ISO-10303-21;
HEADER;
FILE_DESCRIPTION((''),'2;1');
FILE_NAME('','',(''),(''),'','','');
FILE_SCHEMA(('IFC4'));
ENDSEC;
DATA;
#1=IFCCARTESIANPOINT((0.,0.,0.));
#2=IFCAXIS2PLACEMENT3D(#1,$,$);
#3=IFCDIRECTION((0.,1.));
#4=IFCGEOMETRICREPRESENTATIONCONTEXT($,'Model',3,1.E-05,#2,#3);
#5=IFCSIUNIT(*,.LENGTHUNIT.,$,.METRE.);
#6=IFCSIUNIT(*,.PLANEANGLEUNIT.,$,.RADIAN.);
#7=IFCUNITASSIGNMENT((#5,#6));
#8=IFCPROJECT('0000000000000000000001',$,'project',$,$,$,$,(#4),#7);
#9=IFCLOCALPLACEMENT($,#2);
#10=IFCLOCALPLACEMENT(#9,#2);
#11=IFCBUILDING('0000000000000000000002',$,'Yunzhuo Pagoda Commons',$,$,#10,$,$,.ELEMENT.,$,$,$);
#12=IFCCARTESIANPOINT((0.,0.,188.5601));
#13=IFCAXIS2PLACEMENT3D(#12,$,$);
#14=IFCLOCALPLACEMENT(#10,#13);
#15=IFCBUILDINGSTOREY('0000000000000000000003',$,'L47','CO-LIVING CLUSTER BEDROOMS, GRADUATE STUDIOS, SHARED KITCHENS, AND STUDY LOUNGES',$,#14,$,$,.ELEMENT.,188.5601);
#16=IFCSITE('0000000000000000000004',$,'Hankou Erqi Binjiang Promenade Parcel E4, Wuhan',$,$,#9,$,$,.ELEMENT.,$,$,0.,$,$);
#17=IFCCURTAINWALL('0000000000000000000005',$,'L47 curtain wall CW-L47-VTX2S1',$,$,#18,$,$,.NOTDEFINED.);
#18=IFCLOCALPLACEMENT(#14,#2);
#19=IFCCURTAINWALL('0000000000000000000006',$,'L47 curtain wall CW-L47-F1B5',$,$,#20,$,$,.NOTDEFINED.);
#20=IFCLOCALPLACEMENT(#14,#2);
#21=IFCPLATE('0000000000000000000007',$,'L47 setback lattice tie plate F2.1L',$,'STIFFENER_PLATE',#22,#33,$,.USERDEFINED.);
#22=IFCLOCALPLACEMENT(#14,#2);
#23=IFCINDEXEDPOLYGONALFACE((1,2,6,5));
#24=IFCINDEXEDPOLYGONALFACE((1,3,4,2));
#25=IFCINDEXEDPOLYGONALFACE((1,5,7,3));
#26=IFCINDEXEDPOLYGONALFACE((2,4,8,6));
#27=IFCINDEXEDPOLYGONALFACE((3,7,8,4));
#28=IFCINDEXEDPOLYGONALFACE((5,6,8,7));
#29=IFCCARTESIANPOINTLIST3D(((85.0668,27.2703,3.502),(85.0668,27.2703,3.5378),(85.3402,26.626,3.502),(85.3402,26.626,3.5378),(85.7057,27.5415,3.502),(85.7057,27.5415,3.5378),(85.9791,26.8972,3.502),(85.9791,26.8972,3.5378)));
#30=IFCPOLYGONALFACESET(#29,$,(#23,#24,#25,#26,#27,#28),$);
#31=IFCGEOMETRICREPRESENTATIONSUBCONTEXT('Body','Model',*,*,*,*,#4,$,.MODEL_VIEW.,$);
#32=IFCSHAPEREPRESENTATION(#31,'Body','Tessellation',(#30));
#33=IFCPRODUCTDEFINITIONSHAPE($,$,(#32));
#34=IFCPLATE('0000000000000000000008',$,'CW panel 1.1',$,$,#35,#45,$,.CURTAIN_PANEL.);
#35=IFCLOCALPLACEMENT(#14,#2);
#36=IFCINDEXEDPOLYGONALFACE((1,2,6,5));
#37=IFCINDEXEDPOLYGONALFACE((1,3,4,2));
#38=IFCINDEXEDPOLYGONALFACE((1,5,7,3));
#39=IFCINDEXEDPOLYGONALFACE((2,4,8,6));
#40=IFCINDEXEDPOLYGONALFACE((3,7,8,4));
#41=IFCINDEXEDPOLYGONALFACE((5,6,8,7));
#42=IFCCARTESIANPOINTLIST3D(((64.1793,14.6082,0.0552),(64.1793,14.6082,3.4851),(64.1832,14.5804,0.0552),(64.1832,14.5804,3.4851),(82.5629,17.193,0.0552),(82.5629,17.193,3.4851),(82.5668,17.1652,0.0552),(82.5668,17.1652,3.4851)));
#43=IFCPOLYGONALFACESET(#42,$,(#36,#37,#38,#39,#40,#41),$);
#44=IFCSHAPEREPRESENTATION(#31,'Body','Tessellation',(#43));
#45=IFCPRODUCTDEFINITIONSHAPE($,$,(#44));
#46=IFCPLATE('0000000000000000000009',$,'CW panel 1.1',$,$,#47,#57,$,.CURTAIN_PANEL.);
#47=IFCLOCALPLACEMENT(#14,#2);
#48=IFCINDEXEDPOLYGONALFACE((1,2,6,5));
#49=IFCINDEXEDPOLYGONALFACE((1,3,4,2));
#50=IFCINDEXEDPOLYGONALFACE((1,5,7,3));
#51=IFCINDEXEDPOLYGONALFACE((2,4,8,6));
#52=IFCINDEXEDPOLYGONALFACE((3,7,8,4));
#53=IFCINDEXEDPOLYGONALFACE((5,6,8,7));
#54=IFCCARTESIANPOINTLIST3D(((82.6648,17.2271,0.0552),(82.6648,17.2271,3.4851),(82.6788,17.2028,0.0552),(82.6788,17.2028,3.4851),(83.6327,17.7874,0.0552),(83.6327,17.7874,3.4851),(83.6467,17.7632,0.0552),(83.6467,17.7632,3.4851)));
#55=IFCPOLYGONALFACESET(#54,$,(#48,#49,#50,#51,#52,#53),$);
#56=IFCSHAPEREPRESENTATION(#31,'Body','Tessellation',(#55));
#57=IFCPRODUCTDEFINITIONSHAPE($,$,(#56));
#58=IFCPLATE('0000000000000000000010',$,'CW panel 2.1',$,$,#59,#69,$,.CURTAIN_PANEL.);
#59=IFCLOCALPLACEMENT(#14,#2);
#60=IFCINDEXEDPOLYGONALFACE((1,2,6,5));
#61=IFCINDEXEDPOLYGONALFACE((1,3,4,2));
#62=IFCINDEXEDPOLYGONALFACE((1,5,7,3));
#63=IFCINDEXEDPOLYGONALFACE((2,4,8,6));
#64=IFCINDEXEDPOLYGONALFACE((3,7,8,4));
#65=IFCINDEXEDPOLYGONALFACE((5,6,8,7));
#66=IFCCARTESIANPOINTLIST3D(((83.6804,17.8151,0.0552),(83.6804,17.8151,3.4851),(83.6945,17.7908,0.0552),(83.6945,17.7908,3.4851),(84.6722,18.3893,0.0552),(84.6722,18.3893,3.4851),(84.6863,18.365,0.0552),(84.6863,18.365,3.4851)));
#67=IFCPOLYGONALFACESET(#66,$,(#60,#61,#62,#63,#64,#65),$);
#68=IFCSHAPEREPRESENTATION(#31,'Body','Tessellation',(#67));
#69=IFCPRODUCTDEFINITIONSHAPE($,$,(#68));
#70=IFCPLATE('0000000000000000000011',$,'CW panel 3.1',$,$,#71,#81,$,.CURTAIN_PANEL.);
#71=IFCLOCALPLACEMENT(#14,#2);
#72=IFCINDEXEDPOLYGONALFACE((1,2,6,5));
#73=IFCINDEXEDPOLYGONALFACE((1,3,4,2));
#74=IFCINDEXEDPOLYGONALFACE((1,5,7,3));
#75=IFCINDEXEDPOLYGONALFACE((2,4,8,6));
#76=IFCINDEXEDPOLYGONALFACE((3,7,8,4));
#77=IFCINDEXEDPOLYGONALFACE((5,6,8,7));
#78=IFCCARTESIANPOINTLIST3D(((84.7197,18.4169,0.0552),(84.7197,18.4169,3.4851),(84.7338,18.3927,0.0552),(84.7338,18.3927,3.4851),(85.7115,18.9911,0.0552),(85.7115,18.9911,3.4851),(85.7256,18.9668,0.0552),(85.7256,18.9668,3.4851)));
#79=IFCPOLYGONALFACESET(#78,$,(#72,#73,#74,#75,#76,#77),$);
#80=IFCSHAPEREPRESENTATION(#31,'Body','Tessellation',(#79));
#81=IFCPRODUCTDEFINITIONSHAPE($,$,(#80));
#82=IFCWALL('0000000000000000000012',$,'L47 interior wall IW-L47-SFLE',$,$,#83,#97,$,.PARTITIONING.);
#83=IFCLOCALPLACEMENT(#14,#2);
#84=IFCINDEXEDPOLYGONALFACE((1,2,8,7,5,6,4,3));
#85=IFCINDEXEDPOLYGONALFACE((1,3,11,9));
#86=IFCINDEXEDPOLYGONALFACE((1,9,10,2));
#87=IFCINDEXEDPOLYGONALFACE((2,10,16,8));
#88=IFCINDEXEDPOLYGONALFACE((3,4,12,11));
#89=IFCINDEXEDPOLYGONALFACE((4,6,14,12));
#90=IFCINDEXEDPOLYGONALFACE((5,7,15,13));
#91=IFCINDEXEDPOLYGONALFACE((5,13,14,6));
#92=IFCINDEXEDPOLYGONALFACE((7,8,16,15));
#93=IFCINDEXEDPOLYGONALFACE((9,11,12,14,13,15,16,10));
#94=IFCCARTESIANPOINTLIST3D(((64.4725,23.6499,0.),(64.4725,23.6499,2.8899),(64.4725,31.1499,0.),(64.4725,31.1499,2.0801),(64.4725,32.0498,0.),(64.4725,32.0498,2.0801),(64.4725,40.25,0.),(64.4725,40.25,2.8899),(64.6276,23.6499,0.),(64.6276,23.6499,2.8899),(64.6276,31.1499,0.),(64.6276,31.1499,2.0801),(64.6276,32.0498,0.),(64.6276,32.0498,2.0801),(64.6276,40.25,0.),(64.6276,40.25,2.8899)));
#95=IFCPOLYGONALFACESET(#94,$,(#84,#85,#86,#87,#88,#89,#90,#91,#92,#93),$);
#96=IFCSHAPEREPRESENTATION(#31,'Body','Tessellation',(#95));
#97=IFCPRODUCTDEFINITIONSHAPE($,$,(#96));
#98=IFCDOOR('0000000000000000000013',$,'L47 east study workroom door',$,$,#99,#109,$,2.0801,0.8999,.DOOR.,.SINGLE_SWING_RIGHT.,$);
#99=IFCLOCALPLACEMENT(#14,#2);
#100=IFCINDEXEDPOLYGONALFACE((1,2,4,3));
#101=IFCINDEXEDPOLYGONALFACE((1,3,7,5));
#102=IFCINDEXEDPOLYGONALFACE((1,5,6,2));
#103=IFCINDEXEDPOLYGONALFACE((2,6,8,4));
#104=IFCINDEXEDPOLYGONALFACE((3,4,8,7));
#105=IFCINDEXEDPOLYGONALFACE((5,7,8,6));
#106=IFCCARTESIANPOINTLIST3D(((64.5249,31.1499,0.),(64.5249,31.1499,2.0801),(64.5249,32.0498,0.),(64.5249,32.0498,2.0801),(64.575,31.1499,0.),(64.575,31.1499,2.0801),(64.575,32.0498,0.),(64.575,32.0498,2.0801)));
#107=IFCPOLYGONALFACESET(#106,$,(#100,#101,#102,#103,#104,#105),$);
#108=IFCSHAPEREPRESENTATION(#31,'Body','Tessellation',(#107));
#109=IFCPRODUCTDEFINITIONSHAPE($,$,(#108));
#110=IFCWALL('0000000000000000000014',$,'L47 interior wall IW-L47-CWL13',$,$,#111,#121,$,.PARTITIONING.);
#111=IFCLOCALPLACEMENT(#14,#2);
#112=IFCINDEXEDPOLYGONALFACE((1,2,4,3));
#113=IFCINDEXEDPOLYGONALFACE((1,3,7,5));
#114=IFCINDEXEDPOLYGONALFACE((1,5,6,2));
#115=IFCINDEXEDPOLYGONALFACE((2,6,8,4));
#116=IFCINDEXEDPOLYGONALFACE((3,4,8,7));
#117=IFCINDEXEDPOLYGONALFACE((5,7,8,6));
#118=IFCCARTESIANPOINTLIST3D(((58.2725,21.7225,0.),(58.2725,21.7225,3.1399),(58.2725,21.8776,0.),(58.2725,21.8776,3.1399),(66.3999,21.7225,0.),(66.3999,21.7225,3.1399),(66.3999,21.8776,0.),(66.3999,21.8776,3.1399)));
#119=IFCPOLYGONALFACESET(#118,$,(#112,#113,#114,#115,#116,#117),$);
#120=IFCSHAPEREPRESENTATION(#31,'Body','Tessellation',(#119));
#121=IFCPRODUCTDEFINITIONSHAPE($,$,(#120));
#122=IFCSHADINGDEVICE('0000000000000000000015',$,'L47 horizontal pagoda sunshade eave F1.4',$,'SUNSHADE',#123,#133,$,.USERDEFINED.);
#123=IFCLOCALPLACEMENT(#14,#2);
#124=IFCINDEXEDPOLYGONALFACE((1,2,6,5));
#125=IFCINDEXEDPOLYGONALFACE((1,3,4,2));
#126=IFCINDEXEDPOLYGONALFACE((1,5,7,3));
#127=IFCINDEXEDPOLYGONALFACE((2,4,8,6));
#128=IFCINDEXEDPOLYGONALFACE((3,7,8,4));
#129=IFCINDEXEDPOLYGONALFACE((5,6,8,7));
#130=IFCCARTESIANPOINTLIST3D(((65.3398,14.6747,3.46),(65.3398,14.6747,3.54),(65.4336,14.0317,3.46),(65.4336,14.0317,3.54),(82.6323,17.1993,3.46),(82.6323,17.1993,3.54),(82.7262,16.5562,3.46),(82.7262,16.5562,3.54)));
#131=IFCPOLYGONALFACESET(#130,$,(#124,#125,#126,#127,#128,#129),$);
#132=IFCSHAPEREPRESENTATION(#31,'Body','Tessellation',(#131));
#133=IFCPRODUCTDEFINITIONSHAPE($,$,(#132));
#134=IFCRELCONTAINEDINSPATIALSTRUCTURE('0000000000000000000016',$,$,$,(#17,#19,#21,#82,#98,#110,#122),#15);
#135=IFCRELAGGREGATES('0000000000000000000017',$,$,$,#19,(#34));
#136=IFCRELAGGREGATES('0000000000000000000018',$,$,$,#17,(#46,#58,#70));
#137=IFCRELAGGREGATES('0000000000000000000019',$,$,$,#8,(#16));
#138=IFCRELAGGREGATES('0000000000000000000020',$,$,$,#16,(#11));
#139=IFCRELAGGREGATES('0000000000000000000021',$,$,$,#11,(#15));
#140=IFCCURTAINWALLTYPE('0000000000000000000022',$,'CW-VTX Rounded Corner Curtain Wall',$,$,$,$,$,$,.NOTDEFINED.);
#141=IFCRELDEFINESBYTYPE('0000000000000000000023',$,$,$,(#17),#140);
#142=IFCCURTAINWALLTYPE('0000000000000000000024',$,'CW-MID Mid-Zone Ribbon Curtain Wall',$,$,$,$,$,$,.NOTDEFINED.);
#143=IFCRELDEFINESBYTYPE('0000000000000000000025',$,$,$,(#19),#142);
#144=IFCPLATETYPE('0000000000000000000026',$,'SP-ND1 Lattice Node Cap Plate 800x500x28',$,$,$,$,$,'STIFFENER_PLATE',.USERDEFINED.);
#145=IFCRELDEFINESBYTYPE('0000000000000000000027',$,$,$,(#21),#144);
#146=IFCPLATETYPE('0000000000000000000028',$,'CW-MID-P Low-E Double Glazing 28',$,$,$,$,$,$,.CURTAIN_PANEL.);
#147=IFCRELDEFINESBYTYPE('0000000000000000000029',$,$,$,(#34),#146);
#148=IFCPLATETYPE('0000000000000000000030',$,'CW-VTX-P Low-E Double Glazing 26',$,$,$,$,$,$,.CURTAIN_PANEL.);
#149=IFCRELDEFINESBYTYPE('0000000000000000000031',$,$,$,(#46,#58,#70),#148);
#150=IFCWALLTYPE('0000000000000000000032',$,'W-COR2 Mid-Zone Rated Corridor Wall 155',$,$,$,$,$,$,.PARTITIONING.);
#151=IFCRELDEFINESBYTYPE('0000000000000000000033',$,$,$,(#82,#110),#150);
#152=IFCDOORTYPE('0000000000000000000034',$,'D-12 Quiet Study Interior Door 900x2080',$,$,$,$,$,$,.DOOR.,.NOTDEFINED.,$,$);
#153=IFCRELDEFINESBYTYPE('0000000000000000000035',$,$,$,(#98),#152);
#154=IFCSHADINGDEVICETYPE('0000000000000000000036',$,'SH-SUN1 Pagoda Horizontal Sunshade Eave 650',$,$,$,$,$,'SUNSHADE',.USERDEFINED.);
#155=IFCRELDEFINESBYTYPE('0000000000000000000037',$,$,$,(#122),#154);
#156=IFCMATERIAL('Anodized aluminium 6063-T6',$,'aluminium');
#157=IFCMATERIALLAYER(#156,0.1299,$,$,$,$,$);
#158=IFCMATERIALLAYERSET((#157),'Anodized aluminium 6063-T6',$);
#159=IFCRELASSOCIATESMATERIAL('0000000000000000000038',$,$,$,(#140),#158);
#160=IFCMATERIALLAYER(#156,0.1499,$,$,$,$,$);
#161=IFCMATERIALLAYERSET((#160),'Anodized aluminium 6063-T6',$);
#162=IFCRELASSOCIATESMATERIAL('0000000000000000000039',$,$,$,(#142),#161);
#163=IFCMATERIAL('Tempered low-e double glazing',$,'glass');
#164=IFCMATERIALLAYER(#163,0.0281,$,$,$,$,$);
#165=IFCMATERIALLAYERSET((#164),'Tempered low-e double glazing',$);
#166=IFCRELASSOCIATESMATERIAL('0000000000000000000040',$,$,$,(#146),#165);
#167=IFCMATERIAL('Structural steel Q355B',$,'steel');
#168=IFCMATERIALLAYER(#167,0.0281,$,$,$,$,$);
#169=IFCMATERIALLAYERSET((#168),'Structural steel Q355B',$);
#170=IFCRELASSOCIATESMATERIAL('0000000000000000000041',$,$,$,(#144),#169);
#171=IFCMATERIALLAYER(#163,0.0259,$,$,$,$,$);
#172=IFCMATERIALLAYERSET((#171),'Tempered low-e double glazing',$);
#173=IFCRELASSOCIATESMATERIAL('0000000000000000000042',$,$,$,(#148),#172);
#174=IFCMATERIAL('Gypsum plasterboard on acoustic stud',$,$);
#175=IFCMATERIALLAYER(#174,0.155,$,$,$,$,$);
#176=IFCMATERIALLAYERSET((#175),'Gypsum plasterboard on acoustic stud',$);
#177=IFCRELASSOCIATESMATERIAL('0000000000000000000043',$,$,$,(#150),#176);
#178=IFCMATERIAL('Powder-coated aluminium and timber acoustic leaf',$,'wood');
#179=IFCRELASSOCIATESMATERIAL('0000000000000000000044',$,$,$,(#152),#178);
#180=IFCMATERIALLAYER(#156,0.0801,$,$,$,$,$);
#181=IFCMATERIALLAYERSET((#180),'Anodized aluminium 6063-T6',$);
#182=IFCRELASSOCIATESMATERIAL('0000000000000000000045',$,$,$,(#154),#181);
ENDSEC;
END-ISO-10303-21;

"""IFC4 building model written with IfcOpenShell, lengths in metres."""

from ifc_helpers import new_model, si_unit, direction, frame, frame_2d, origin, origin_2d, place, context, subcontext, project, spatial, rectangle, extrude, source, transform, mapped, material, layer, layer_set, type_object, element, fill, aggregate, save


model = new_model("IFC4")

# Units and contexts
model_context = context("Model", 3, precision=1e-05, world=origin(), true_north=direction((0.0, 1.0)))
body_context = subcontext(model_context, "Body", "Model", "MODEL_VIEW")
ifc_project = project(units=[si_unit("LENGTHUNIT", "METRE"), si_unit("PLANEANGLEUNIT", "RADIAN")], contexts=[model_context])

# Site, building, storey
site_placement = place(None, origin())
site = spatial("IfcSite", under=ifc_project, at=site_placement, Name="Hankou Erqi Binjiang Promenade Parcel E4, Wuhan", CompositionType="ELEMENT", RefElevation=0.0)
building_placement = place(site_placement, origin())
building = spatial("IfcBuilding", under=site, at=building_placement, Name="Yunzhuo Pagoda Commons", CompositionType="ELEMENT")
storey_placement = place(building_placement, frame((0.0, 0.0, 188.5601)))
storey = spatial("IfcBuildingStorey", under=building, at=storey_placement, Name="L47", Description="CO-LIVING CLUSTER BEDROOMS, GRADUATE STUDIOS, SHARED KITCHENS, AND STUDY LOUNGES", CompositionType="ELEMENT", Elevation=188.5601)

# Shared definitions
ifc_material_1 = material(Name="Structural steel Q355B", Category="steel")

# Curtain wall
ifc_material_2 = material(Name="Anodized aluminium 6063-T6", Category="aluminium")
ifc_layer_1 = layer(ifc_material_2, 0.1299)
ifc_layer_set_1 = layer_set([ifc_layer_1], Name="Anodized aluminium 6063-T6")
curtain_wall_type_1 = type_object("IfcCurtainWallType", Name="CW-VTX Rounded Corner Curtain Wall", PredefinedType="NOTDEFINED", material=ifc_layer_set_1)
curtain_wall_1_placement = place(storey_placement, origin())
curtain_wall_1 = element("IfcCurtainWall", 1, at=curtain_wall_1_placement, inside=storey, type_object=curtain_wall_type_1, Name="L47 curtain wall CW-L47-VTX2S1", PredefinedType="NOTDEFINED")

# Shared definitions
ifc_layer_2 = layer(ifc_material_2, 0.1499)
ifc_layer_set_2 = layer_set([ifc_layer_2], Name="Anodized aluminium 6063-T6")
curtain_wall_type_2 = type_object("IfcCurtainWallType", Name="CW-MID Mid-Zone Ribbon Curtain Wall", PredefinedType="NOTDEFINED", material=ifc_layer_set_2)

# Curtain wall
curtain_wall_2_placement = place(storey_placement, origin())
curtain_wall_2 = element("IfcCurtainWall", 2, at=curtain_wall_2_placement, inside=storey, type_object=curtain_wall_type_2, Name="L47 curtain wall CW-L47-F1B5", PredefinedType="NOTDEFINED")

# Plates
ifc_material_3 = material(Name="Tempered low-e double glazing", Category="glass")
ifc_layer_3 = layer(ifc_material_3, 0.0281)
ifc_layer_set_3 = layer_set([ifc_layer_3], Name="Tempered low-e double glazing")
plate_type_1 = type_object("IfcPlateType", Name="CW-MID-P Low-E Double Glazing 28", PredefinedType="CURTAIN_PANEL", material=ifc_layer_set_3)
ifc_layer_4 = layer(ifc_material_1, 0.0281)
ifc_layer_set_4 = layer_set([ifc_layer_4], Name="Structural steel Q355B")
plate_type_2 = type_object("IfcPlateType", Name="SP-ND1 Lattice Node Cap Plate 800x500x28", ElementType="STIFFENER_PLATE", PredefinedType="USERDEFINED", material=ifc_layer_set_4)
shared_shape_1 = source(origin(), body_context, "Body", "SweptSolid", [
    extrude(rectangle(XDim=0.7, YDim=0.6941, at=origin_2d()), origin(), (0.0, 0.0, 1.0), 0.0359),
])
plate_1_placement = place(storey_placement, frame((85.5229, 27.0837, 3.502), z_axis=(0.0, 0.0, 1.0), x_axis=(-0.390699, 0.920518, 0.0)))
element("IfcPlate", 3, at=plate_1_placement, inside=storey, type_object=plate_type_2, Name="L47 setback lattice tie plate F2.1L", ObjectType="STIFFENER_PLATE", PredefinedType="USERDEFINED", context=body_context, shape_type="MappedRepresentation", body=[
    mapped(shared_shape_1, transform((0.0, 0.0, 0.0), scale=1.0)),
])
shared_shape_2 = source(origin(), body_context, "Body", "SweptSolid", [
    extrude(rectangle(XDim=18.5645, YDim=0.0281, at=origin_2d()), origin(), (0.0, 0.0, 1.0), 3.4299),
])
plate_2_placement = place(storey_placement, frame((73.373, 15.8867, 0.0552), z_axis=(0.0, 0.0, 1.0), x_axis=(0.99026, 0.139233, 0.0)))
plate_2 = element("IfcPlate", 4, at=plate_2_placement, type_object=plate_type_1, Name="CW panel 1.1", PredefinedType="CURTAIN_PANEL", context=body_context, shape_type="MappedRepresentation", body=[
    mapped(shared_shape_2, transform((0.0, 0.0, 0.0), scale=1.0)),
])
aggregate(curtain_wall_2, [plate_2])
ifc_layer_5 = layer(ifc_material_3, 0.0259)
ifc_layer_set_5 = layer_set([ifc_layer_5], Name="Tempered low-e double glazing")
plate_type_3 = type_object("IfcPlateType", Name="CW-VTX-P Low-E Double Glazing 26", PredefinedType="CURTAIN_PANEL", material=ifc_layer_set_5)
shared_shape_3 = source(origin(), body_context, "Body", "SweptSolid", [
    extrude(rectangle(XDim=1.1184, YDim=0.0281, at=origin_2d()), origin(), (0.0, 0.0, 1.0), 3.4299),
])
plate_3_placement = place(storey_placement, frame((83.1558, 17.4951, 0.0552), z_axis=(0.0, 0.0, 1.0), x_axis=(0.865424, 0.50104, 0.0)))
plate_3 = element("IfcPlate", 5, at=plate_3_placement, type_object=plate_type_3, Name="CW panel 1.1", PredefinedType="CURTAIN_PANEL", context=body_context, shape_type="MappedRepresentation", body=[
    mapped(shared_shape_3, transform((0.0, 0.0, 0.0), scale=1.0)),
])
shared_shape_4 = source(origin(), body_context, "Body", "SweptSolid", [
    extrude(rectangle(XDim=1.146, YDim=0.0281, at=origin_2d()), origin(), (0.0, 0.0, 1.0), 3.4299),
])
plate_4_placement = place(storey_placement, frame((84.1833, 18.0901, 0.0552), z_axis=(0.0, 0.0, 1.0), x_axis=(0.865424, 0.50104, 0.0)))
plate_4 = element("IfcPlate", 6, at=plate_4_placement, type_object=plate_type_3, Name="CW panel 2.1", PredefinedType="CURTAIN_PANEL", context=body_context, shape_type="MappedRepresentation", body=[
    mapped(shared_shape_4, transform((0.0, 0.0, 0.0), scale=1.0)),
])
plate_5_placement = place(storey_placement, frame((85.2227, 18.6919, 0.0552), z_axis=(0.0, 0.0, 1.0), x_axis=(0.865424, 0.50104, 0.0)))
plate_5 = element("IfcPlate", 7, at=plate_5_placement, type_object=plate_type_3, Name="CW panel 3.1", PredefinedType="CURTAIN_PANEL", context=body_context, shape_type="MappedRepresentation", body=[
    mapped(shared_shape_4, transform((0.0, 0.0, 0.0), scale=1.0)),
])
aggregate(curtain_wall_1, [plate_3, plate_4, plate_5])

# Wall, opening, door
ifc_material_4 = material(Name="Gypsum plasterboard on acoustic stud")
ifc_layer_6 = layer(ifc_material_4, 0.155)
ifc_layer_set_6 = layer_set([ifc_layer_6], Name="Gypsum plasterboard on acoustic stud")
wall_type = type_object("IfcWallType", Name="W-COR2 Mid-Zone Rated Corridor Wall 155", PredefinedType="PARTITIONING", material=ifc_layer_set_6)
wall_1_placement = place(storey_placement, frame((64.55, 23.6499, 0.0), z_axis=(0.0, 0.0, 1.0), x_axis=(0.0, 1.0, 0.0)))
wall_1 = element("IfcWall", 8, at=wall_1_placement, inside=storey, type_object=wall_type, Name="L47 interior wall IW-L47-SFLE", PredefinedType="PARTITIONING", context=body_context, shape_type="SweptSolid", body=[
    extrude(rectangle(XDim=16.6001, YDim=0.155, at=frame_2d((8.3, 0.0))), origin(), (0.0, 0.0, 1.0), 2.8899),
])
opening_placement = place(wall_1_placement, frame((7.5, 0.0, 0.0)))
opening = element("IfcOpeningElement", 9, at=opening_placement, cuts=wall_1, PredefinedType="OPENING", context=body_context, shape_type="SweptSolid", body=[
    extrude(rectangle(XDim=0.8999, YDim=2.0801, at=frame_2d((0.45, 1.04))), frame((0.0, 0.0874, 0.0), z_axis=(0.0, -1.0, 0.0), x_axis=(1.0, 0.0, 0.0)), (0.0, 0.0, 1.0), 0.175),
])
ifc_material_5 = material(Name="Powder-coated aluminium and timber acoustic leaf", Category="wood")
door_type = type_object("IfcDoorType", Name="D-12 Quiet Study Interior Door 900x2080", OperationType="NOTDEFINED", PredefinedType="DOOR", material=ifc_material_5)
shared_shape_5 = source(origin(), body_context, "Body", "SweptSolid", [
    extrude(rectangle(XDim=0.8999, YDim=2.0801, at=frame_2d((0.45, 1.04))), frame((0.0, 0.0249, 0.0), z_axis=(0.0, -1.0, 0.0), x_axis=(1.0, 0.0, 0.0)), (0.0, 0.0, 1.0), 0.05),
])
door_placement = place(opening_placement, frame((0.8999, 0.0, 0.0), z_axis=(0.0, 0.0, 1.0), x_axis=(-1.0, 0.0, 0.0)))
door = element("IfcDoor", 10, at=door_placement, inside=storey, type_object=door_type, Name="L47 east study workroom door", OperationType="SINGLE_SWING_RIGHT", OverallHeight=2.0801, OverallWidth=0.8999, PredefinedType="DOOR", context=body_context, shape_type="MappedRepresentation", body=[
    mapped(shared_shape_5, transform((0.0, 0.0, 0.0), scale=1.0)),
])
fill(opening, door)

# Wall
wall_2_placement = place(storey_placement, frame((66.3999, 21.8, 0.0), z_axis=(0.0, 0.0, 1.0), x_axis=(-1.0, 0.0, 0.0)))
element("IfcWall", 11, at=wall_2_placement, inside=storey, type_object=wall_type, Name="L47 interior wall IW-L47-CWL13", PredefinedType="PARTITIONING", context=body_context, shape_type="SweptSolid", body=[
    extrude(rectangle(XDim=8.1274, YDim=0.155, at=frame_2d((4.0637, 0.0))), origin(), (0.0, 0.0, 1.0), 3.1399),
])

# Shading device
ifc_layer_7 = layer(ifc_material_2, 0.0801)
ifc_layer_set_7 = layer_set([ifc_layer_7], Name="Anodized aluminium 6063-T6")
shading_device_type = type_object("IfcShadingDeviceType", Name="SH-SUN1 Pagoda Horizontal Sunshade Eave 650", ElementType="SUNSHADE", PredefinedType="USERDEFINED", material=ifc_layer_set_7)
shared_shape_6 = source(origin(), body_context, "Body", "SweptSolid", [
    extrude(rectangle(XDim=17.4758, YDim=0.6499, at=origin_2d()), origin(), (0.0, 0.0, 1.0), 0.0801),
])
shading_device_placement = place(storey_placement, frame((74.033, 15.6155, 3.46), z_axis=(0.0, 0.0, 1.0), x_axis=(0.989511, 0.14446, 0.0)))
element("IfcShadingDevice", 12, at=shading_device_placement, inside=storey, type_object=shading_device_type, Name="L47 horizontal pagoda sunshade eave F1.4", ObjectType="SUNSHADE", PredefinedType="USERDEFINED", context=body_context, shape_type="MappedRepresentation", body=[
    mapped(shared_shape_6, transform((0.0, 0.0, 0.0), scale=1.0)),
])

save(model, "model.ifc")
